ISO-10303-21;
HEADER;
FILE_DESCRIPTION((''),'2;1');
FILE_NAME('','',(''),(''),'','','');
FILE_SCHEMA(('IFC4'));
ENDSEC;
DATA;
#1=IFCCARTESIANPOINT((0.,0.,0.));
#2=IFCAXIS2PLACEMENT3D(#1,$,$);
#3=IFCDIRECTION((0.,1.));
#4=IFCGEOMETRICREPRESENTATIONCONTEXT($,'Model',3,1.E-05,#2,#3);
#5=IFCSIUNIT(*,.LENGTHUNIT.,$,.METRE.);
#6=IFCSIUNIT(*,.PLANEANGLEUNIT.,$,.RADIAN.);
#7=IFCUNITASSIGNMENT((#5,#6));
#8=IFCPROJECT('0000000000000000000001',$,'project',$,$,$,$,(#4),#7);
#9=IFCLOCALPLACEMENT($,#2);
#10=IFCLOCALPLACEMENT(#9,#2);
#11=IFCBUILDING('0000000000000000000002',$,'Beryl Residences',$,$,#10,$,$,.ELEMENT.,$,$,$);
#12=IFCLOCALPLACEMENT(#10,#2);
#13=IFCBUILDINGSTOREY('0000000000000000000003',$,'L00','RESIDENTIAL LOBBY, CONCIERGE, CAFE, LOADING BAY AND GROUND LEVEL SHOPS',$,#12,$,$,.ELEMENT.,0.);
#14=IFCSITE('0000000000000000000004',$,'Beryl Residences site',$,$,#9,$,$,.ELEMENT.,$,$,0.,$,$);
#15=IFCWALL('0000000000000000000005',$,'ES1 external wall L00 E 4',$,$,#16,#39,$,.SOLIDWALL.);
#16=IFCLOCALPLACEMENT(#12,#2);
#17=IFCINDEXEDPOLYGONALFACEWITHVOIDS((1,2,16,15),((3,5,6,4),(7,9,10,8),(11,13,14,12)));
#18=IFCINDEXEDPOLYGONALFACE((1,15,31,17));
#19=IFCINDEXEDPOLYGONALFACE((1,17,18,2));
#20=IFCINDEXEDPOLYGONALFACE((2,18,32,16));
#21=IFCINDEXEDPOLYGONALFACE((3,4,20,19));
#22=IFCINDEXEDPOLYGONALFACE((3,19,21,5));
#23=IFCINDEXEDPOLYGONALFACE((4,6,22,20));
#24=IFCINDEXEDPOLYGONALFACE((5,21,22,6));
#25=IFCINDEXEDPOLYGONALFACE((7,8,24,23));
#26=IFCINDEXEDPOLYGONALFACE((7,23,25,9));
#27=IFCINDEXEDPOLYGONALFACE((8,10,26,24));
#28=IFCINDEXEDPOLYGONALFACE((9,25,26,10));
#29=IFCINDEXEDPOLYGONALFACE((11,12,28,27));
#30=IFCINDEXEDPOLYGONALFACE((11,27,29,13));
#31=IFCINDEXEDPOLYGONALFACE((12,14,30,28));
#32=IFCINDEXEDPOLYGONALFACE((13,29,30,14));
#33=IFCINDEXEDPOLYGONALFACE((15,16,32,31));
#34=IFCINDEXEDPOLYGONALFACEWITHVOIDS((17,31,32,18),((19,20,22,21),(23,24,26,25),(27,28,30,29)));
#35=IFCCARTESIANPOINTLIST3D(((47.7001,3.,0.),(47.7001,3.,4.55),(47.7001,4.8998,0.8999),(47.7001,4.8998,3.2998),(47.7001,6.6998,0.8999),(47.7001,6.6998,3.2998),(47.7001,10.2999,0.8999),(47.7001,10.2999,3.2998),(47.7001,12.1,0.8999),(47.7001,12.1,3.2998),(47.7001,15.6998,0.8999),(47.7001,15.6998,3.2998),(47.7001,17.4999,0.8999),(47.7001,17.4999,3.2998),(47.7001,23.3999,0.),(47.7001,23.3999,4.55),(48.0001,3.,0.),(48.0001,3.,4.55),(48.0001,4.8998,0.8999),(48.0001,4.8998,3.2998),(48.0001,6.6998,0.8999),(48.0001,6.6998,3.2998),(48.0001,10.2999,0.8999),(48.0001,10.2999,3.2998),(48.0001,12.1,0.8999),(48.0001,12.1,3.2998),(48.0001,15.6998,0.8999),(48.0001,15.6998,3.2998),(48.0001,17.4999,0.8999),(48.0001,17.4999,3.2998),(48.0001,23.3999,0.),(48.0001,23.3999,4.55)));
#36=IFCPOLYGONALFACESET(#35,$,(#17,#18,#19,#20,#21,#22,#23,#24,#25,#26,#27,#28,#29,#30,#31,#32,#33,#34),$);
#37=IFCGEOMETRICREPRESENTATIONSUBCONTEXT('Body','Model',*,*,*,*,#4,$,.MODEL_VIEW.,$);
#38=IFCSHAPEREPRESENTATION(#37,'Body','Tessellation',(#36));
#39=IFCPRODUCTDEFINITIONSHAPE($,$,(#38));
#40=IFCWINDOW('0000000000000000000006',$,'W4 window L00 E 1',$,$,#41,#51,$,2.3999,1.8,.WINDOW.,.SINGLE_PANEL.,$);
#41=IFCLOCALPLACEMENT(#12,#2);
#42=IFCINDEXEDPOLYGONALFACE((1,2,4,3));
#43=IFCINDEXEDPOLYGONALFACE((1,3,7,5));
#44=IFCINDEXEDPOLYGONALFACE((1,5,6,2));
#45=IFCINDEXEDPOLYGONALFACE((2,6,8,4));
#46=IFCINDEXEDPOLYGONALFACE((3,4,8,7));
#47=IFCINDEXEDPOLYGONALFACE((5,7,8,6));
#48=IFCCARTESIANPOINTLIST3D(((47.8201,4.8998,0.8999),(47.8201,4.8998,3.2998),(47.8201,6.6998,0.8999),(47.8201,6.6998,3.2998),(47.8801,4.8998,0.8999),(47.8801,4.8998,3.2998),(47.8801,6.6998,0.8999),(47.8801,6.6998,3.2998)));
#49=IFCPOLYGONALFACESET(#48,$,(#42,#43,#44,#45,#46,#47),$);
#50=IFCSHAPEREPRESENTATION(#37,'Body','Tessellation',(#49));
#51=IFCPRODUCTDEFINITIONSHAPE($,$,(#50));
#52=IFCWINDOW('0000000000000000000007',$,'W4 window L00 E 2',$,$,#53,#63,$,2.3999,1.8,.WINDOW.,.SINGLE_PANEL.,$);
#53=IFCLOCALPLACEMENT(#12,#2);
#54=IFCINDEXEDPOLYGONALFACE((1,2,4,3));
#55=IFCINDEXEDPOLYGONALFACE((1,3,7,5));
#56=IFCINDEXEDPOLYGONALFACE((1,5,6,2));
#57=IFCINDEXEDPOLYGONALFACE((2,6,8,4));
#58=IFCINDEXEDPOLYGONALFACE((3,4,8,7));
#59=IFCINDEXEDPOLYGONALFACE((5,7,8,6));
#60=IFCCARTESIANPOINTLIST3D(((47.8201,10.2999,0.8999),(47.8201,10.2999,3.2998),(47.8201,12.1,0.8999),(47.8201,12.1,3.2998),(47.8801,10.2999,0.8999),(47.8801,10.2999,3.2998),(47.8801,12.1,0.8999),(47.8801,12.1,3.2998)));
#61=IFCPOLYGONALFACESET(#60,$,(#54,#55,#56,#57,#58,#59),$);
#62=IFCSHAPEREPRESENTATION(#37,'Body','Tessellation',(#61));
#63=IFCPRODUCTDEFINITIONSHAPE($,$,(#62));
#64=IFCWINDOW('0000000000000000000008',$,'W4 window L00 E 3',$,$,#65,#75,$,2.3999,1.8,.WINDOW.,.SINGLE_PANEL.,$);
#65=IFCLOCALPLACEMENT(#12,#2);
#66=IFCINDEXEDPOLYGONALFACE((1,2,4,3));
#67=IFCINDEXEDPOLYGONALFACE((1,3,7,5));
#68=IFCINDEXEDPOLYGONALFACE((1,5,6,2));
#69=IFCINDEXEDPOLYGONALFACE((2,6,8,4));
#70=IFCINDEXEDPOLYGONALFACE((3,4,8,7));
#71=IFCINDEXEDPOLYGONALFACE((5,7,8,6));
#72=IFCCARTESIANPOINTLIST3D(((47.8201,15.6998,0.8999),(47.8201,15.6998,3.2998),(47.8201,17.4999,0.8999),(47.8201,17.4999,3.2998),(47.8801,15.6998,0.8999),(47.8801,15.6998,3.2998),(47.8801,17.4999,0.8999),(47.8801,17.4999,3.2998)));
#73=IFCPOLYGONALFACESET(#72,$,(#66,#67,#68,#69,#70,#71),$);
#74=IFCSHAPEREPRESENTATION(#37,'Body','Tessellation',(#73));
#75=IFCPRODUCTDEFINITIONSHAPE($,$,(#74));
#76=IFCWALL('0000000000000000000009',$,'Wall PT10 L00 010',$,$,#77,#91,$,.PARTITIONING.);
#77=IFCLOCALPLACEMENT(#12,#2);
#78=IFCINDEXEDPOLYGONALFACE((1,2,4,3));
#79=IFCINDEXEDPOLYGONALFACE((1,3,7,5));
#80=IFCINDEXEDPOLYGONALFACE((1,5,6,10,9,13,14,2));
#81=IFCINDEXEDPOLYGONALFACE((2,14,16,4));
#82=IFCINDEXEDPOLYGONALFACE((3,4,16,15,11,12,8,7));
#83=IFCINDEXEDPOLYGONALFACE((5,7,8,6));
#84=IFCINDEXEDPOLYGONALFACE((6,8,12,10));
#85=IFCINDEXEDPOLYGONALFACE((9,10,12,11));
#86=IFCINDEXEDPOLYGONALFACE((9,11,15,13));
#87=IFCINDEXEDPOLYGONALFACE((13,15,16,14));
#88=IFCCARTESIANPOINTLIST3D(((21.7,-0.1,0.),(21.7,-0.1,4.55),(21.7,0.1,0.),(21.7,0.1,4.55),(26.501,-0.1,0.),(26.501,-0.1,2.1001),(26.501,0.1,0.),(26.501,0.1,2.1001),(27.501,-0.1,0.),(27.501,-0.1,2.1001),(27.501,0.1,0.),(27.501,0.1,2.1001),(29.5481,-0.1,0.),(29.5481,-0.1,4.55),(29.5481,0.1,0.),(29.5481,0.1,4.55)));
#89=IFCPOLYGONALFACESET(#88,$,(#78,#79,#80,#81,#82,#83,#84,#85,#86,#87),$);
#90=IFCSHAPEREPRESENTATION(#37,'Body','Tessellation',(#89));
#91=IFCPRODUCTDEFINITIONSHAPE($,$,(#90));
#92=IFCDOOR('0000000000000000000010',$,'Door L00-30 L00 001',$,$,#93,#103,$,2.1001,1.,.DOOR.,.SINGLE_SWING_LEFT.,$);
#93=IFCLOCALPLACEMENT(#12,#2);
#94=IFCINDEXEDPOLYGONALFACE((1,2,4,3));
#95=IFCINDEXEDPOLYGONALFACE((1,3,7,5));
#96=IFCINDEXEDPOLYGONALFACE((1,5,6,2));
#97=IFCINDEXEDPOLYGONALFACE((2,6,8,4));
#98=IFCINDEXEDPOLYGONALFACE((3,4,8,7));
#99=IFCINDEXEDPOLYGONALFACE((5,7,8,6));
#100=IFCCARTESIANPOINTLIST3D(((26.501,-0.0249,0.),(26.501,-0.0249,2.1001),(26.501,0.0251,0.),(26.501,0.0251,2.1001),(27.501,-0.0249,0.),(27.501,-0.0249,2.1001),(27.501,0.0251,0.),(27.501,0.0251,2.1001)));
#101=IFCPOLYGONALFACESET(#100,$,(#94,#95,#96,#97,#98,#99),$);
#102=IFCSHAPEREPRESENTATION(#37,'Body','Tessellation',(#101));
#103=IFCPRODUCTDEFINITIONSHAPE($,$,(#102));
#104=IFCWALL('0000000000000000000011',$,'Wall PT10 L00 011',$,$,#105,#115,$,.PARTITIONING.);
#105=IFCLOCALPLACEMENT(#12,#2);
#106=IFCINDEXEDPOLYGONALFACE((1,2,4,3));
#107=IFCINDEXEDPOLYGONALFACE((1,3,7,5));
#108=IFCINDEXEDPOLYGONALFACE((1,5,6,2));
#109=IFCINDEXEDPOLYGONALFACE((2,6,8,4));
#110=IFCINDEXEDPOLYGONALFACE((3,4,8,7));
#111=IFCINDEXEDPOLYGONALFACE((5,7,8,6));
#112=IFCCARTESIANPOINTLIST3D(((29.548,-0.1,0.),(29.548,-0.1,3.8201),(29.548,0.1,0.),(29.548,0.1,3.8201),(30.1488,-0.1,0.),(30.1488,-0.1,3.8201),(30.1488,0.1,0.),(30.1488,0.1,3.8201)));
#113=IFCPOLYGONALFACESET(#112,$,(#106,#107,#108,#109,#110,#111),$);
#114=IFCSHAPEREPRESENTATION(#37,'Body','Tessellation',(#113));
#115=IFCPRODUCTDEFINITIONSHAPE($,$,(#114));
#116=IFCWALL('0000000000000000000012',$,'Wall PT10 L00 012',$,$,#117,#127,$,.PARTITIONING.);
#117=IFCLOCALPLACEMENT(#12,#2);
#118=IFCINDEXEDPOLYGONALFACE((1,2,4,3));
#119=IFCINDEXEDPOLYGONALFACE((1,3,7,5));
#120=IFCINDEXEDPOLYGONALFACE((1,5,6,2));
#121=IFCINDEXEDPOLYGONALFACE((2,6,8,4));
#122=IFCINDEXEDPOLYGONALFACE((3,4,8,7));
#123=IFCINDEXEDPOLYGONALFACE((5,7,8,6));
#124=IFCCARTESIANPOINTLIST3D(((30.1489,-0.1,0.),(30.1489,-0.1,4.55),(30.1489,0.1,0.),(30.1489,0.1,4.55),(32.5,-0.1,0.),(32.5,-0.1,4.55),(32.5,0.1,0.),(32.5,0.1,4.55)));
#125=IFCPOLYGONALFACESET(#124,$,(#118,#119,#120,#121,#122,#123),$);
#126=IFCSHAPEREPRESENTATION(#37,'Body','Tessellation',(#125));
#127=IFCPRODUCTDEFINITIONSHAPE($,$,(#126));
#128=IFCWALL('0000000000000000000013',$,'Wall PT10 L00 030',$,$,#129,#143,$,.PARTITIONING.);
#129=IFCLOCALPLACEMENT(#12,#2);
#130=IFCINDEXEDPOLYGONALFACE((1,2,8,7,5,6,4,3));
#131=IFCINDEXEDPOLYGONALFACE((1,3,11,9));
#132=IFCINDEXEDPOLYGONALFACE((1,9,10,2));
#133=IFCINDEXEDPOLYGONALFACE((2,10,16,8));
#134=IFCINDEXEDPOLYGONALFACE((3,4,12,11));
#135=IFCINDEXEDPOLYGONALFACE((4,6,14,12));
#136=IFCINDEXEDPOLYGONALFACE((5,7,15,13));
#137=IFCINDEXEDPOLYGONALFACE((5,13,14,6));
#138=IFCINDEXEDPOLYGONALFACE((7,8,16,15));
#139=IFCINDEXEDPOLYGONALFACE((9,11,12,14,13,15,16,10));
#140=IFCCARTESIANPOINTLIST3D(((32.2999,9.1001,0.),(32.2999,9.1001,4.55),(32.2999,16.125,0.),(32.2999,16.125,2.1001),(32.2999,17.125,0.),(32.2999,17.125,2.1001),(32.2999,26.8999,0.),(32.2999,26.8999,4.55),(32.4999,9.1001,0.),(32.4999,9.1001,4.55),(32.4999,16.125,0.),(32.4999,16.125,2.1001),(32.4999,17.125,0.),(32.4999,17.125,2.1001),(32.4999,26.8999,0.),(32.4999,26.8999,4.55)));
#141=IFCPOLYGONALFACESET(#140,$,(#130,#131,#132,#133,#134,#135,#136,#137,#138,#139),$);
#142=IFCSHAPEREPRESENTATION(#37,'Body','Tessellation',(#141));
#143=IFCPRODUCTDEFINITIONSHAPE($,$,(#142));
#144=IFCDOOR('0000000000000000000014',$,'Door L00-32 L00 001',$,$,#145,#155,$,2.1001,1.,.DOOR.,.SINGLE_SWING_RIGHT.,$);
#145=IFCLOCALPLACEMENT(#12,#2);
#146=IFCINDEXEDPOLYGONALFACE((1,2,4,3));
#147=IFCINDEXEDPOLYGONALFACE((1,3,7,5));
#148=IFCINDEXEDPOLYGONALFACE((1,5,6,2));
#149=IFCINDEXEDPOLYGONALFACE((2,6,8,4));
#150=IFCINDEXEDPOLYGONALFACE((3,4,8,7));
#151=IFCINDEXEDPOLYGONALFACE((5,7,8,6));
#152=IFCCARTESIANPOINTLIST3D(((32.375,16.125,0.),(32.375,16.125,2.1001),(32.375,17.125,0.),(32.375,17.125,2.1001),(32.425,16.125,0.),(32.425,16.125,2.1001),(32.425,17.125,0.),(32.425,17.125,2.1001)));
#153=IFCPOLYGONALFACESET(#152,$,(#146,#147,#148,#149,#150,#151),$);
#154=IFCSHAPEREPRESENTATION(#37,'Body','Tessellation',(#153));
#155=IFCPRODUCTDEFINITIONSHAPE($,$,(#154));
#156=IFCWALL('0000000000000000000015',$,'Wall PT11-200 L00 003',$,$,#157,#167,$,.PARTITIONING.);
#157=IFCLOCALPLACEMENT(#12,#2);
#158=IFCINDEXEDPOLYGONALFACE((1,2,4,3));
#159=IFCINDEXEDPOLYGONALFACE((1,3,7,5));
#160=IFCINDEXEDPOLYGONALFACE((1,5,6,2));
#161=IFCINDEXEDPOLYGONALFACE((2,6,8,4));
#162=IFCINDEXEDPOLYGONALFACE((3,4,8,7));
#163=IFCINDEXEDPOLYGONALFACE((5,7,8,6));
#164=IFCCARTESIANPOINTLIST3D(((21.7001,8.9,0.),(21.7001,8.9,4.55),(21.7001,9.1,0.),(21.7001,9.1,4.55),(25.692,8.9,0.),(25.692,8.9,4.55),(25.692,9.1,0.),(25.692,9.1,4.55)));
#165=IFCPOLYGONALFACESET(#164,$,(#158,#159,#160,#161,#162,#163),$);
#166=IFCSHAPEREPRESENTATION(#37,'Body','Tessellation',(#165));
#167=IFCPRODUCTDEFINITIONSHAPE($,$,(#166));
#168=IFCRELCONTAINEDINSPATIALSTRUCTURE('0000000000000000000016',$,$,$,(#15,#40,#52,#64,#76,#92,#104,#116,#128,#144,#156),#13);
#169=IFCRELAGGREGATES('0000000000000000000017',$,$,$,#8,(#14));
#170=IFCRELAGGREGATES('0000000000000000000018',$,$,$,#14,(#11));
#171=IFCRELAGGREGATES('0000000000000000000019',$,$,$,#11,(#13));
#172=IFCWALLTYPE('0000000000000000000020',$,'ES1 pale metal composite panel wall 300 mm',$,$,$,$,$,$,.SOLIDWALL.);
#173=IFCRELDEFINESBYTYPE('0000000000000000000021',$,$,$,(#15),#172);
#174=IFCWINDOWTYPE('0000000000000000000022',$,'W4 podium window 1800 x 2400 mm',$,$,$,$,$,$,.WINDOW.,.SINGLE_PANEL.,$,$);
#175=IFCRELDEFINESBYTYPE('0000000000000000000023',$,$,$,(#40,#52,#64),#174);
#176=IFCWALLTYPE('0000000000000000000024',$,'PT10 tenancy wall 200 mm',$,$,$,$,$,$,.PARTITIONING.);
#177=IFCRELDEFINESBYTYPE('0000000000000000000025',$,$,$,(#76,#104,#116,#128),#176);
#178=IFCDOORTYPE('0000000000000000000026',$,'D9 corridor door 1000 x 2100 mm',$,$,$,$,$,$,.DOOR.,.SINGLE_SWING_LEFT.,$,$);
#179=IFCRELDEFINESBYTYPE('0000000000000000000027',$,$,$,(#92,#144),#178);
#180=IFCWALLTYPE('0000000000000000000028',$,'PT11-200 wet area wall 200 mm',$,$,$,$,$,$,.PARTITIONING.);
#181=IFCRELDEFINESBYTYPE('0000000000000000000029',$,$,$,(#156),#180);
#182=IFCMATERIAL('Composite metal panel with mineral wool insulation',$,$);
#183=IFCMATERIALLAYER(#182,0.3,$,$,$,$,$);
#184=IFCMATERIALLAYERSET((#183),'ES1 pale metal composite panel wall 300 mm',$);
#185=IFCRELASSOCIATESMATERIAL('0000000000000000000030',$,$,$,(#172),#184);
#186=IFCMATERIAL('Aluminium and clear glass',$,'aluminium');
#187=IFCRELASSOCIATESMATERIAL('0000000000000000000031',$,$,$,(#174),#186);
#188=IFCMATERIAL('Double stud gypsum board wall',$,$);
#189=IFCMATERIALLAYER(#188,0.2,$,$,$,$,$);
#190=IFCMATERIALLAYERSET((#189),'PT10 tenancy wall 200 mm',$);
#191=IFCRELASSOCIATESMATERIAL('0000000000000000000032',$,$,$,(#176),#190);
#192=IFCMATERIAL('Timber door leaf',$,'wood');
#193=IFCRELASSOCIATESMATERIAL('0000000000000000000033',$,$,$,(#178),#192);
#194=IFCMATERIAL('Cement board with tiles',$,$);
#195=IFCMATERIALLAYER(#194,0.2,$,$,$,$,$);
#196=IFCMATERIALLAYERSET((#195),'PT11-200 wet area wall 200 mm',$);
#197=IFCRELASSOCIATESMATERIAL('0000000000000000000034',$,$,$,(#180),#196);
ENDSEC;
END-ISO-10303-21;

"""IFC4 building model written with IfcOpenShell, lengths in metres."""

from ifc_helpers import new_model, si_unit, direction, frame, frame_2d, origin, place, context, subcontext, project, spatial, rectangle, extrude, material, layer, layer_set, type_object, element, fill, save


model = new_model("IFC4")

# Units and contexts
model_context = context("Model", 3, precision=1e-05, world=origin(), true_north=direction((0.0, 1.0)))
body_context = subcontext(model_context, "Body", "Model", "MODEL_VIEW")
ifc_project = project(units=[si_unit("LENGTHUNIT", "METRE"), si_unit("PLANEANGLEUNIT", "RADIAN")], contexts=[model_context])

# Site, building, storey
site_placement = place(None, origin())
site = spatial("IfcSite", under=ifc_project, at=site_placement, Name="Beryl Residences site", CompositionType="ELEMENT", RefElevation=0.0)
building_placement = place(site_placement, origin())
building = spatial("IfcBuilding", under=site, at=building_placement, Name="Beryl Residences", CompositionType="ELEMENT")
storey_placement = place(building_placement, origin())
storey = spatial("IfcBuildingStorey", under=building, at=storey_placement, Name="L00", Description="RESIDENTIAL LOBBY, CONCIERGE, CAFE, LOADING BAY AND GROUND LEVEL SHOPS", CompositionType="ELEMENT", Elevation=0.0)

# Wall, openings, windows
ifc_material_1 = material(Name="Composite metal panel with mineral wool insulation")
ifc_layer_1 = layer(ifc_material_1, 0.3)
ifc_layer_set_1 = layer_set([ifc_layer_1], Name="ES1 pale metal composite panel wall 300 mm")
wall_type_1 = type_object("IfcWallType", Name="ES1 pale metal composite panel wall 300 mm", PredefinedType="SOLIDWALL", material=ifc_layer_set_1)
wall_1_placement = place(storey_placement, frame((47.8501, 3.0, 0.0), z_axis=(0.0, 0.0, 1.0), x_axis=(0.0, 1.0, 0.0)))
wall_1 = element("IfcWall", 1, at=wall_1_placement, inside=storey, type_object=wall_type_1, Name="ES1 external wall L00 E 4", PredefinedType="SOLIDWALL", context=body_context, shape_type="SweptSolid", body=[
    extrude(rectangle(XDim=20.3999, YDim=0.3, at=frame_2d((10.2, 0.0))), origin(), (0.0, 0.0, 1.0), 4.55),
])
opening_1_placement = place(wall_1_placement, frame((1.8999, 0.0, 0.8999)))
opening_1 = element("IfcOpeningElement", 2, at=opening_1_placement, cuts=wall_1, PredefinedType="OPENING", context=body_context, shape_type="SweptSolid", body=[
    extrude(rectangle(XDim=1.8, YDim=2.3999, at=frame_2d((0.8999, 1.2))), frame((0.0, 0.1599, 0.0), z_axis=(0.0, -1.0, 0.0), x_axis=(1.0, 0.0, 0.0)), (0.0, 0.0, 1.0), 0.3201),
])
opening_2_placement = place(wall_1_placement, frame((7.3, 0.0, 0.8999)))
opening_2 = element("IfcOpeningElement", 3, at=opening_2_placement, cuts=wall_1, PredefinedType="OPENING", context=body_context, shape_type="SweptSolid", body=[
    extrude(rectangle(XDim=1.8, YDim=2.3999, at=frame_2d((0.8999, 1.2))), frame((0.0, 0.1599, 0.0), z_axis=(0.0, -1.0, 0.0), x_axis=(1.0, 0.0, 0.0)), (0.0, 0.0, 1.0), 0.3201),
])
opening_3_placement = place(wall_1_placement, frame((12.7, 0.0, 0.8999)))
opening_3 = element("IfcOpeningElement", 4, at=opening_3_placement, cuts=wall_1, PredefinedType="OPENING", context=body_context, shape_type="SweptSolid", body=[
    extrude(rectangle(XDim=1.8, YDim=2.3999, at=frame_2d((0.8999, 1.2))), frame((0.0, 0.1599, 0.0), z_axis=(0.0, -1.0, 0.0), x_axis=(1.0, 0.0, 0.0)), (0.0, 0.0, 1.0), 0.3201),
])
ifc_material_2 = material(Name="Aluminium and clear glass", Category="aluminium")
window_type = type_object("IfcWindowType", Name="W4 podium window 1800 x 2400 mm", PartitioningType="SINGLE_PANEL", PredefinedType="WINDOW", material=ifc_material_2)
window_1_placement = place(opening_1_placement, origin())
window_1 = element("IfcWindow", 5, at=window_1_placement, inside=storey, type_object=window_type, Name="W4 window L00 E 1", OverallHeight=2.3999, OverallWidth=1.8, PartitioningType="SINGLE_PANEL", PredefinedType="WINDOW", context=body_context, shape_type="SweptSolid", body=[
    extrude(rectangle(XDim=1.8, YDim=2.3999, at=frame_2d((0.8999, 1.2))), frame((0.0, 0.03, 0.0), z_axis=(0.0, -1.0, 0.0), x_axis=(1.0, 0.0, 0.0)), (0.0, 0.0, 1.0), 0.0601),
])
fill(opening_1, window_1)
window_2_placement = place(opening_2_placement, origin())
window_2 = element("IfcWindow", 6, at=window_2_placement, inside=storey, type_object=window_type, Name="W4 window L00 E 2", OverallHeight=2.3999, OverallWidth=1.8, PartitioningType="SINGLE_PANEL", PredefinedType="WINDOW", context=body_context, shape_type="SweptSolid", body=[
    extrude(rectangle(XDim=1.8, YDim=2.3999, at=frame_2d((0.8999, 1.2))), frame((0.0, 0.03, 0.0), z_axis=(0.0, -1.0, 0.0), x_axis=(1.0, 0.0, 0.0)), (0.0, 0.0, 1.0), 0.0601),
])
fill(opening_2, window_2)
window_3_placement = place(opening_3_placement, origin())
window_3 = element("IfcWindow", 7, at=window_3_placement, inside=storey, type_object=window_type, Name="W4 window L00 E 3", OverallHeight=2.3999, OverallWidth=1.8, PartitioningType="SINGLE_PANEL", PredefinedType="WINDOW", context=body_context, shape_type="SweptSolid", body=[
    extrude(rectangle(XDim=1.8, YDim=2.3999, at=frame_2d((0.8999, 1.2))), frame((0.0, 0.03, 0.0), z_axis=(0.0, -1.0, 0.0), x_axis=(1.0, 0.0, 0.0)), (0.0, 0.0, 1.0), 0.0601),
])
fill(opening_3, window_3)

# Wall, opening, door
ifc_material_3 = material(Name="Double stud gypsum board wall")
ifc_layer_2 = layer(ifc_material_3, 0.2)
ifc_layer_set_2 = layer_set([ifc_layer_2], Name="PT10 tenancy wall 200 mm")
wall_type_2 = type_object("IfcWallType", Name="PT10 tenancy wall 200 mm", PredefinedType="PARTITIONING", material=ifc_layer_set_2)
wall_2_placement = place(storey_placement, frame((21.7, 0.0, 0.0), z_axis=(0.0, 0.0, 1.0), x_axis=(1.0, 0.0, 0.0)))
wall_2 = element("IfcWall", 8, at=wall_2_placement, inside=storey, type_object=wall_type_2, Name="Wall PT10 L00 010", PredefinedType="PARTITIONING", context=body_context, shape_type="SweptSolid", body=[
    extrude(rectangle(XDim=7.8481, YDim=0.2, at=frame_2d((3.9241, 0.0))), origin(), (0.0, 0.0, 1.0), 4.55),
])
opening_4_placement = place(wall_2_placement, frame((5.801, 0.0, 0.0), z_axis=(0.0, 0.0, 1.0), x_axis=(-1.0, 0.0, 0.0)))
opening_4 = element("IfcOpeningElement", 9, at=opening_4_placement, cuts=wall_2, PredefinedType="OPENING", context=body_context, shape_type="SweptSolid", body=[
    extrude(rectangle(XDim=1.0, YDim=2.1001, at=frame_2d((0.5, 1.05))), frame((0.0, 0.1099, 0.0), z_axis=(0.0, -1.0, 0.0), x_axis=(1.0, 0.0, 0.0)), (0.0, 0.0, 1.0), 0.22),
])
ifc_material_4 = material(Name="Timber door leaf", Category="wood")
door_type_1 = type_object("IfcDoorType", Name="D9 corridor door 1000 x 2100 mm", OperationType="SINGLE_SWING_LEFT", PredefinedType="DOOR", material=ifc_material_4)
door_1_placement = place(opening_4_placement, origin())
door_1 = element("IfcDoor", 10, at=door_1_placement, inside=storey, type_object=door_type_1, Name="Door L00-30 L00 001", OperationType="SINGLE_SWING_LEFT", OverallHeight=2.1001, OverallWidth=1.0, PredefinedType="DOOR", context=body_context, shape_type="SweptSolid", body=[
    extrude(rectangle(XDim=1.0, YDim=2.1001, at=frame_2d((0.5, 1.05))), frame((0.0, 0.0249, 0.0), z_axis=(0.0, -1.0, 0.0), x_axis=(1.0, 0.0, 0.0)), (0.0, 0.0, 1.0), 0.05),
])
fill(opening_4, door_1)

# Walls
wall_3_placement = place(storey_placement, frame((29.5481, 0.0, 0.0), z_axis=(0.0, 0.0, 1.0), x_axis=(1.0, 0.0, 0.0)))
element("IfcWall", 11, at=wall_3_placement, inside=storey, type_object=wall_type_2, Name="Wall PT10 L00 011", PredefinedType="PARTITIONING", context=body_context, shape_type="SweptSolid", body=[
    extrude(rectangle(XDim=0.6008, YDim=0.2, at=frame_2d((0.3003, 0.0))), origin(), (0.0, 0.0, 1.0), 3.8201),
])
wall_4_placement = place(storey_placement, frame((30.1489, 0.0, 0.0), z_axis=(0.0, 0.0, 1.0), x_axis=(1.0, 0.0, 0.0)))
element("IfcWall", 12, at=wall_4_placement, inside=storey, type_object=wall_type_2, Name="Wall PT10 L00 012", PredefinedType="PARTITIONING", context=body_context, shape_type="SweptSolid", body=[
    extrude(rectangle(XDim=2.3511, YDim=0.2, at=frame_2d((1.1755, 0.0))), origin(), (0.0, 0.0, 1.0), 4.55),
])

# Wall, opening, door
wall_5_placement = place(storey_placement, frame((32.3999, 9.1001, 0.0), z_axis=(0.0, 0.0, 1.0), x_axis=(0.0, 1.0, 0.0)))
wall_5 = element("IfcWall", 13, at=wall_5_placement, inside=storey, type_object=wall_type_2, Name="Wall PT10 L00 030", PredefinedType="PARTITIONING", context=body_context, shape_type="SweptSolid", body=[
    extrude(rectangle(XDim=17.7998, YDim=0.2, at=frame_2d((8.8999, 0.0))), origin(), (0.0, 0.0, 1.0), 4.55),
])
opening_5_placement = place(wall_5_placement, frame((7.0249, 0.0, 0.0)))
opening_5 = element("IfcOpeningElement", 14, at=opening_5_placement, cuts=wall_5, PredefinedType="OPENING", context=body_context, shape_type="SweptSolid", body=[
    extrude(rectangle(XDim=1.0, YDim=2.1001, at=frame_2d((0.5, 1.05))), frame((0.0, 0.1099, 0.0), z_axis=(0.0, -1.0, 0.0), x_axis=(1.0, 0.0, 0.0)), (0.0, 0.0, 1.0), 0.22),
])
door_2_placement = place(opening_5_placement, origin())
door_2 = element("IfcDoor", 15, at=door_2_placement, inside=storey, type_object=door_type_1, Name="Door L00-32 L00 001", OperationType="SINGLE_SWING_RIGHT", OverallHeight=2.1001, OverallWidth=1.0, PredefinedType="DOOR", context=body_context, shape_type="SweptSolid", body=[
    extrude(rectangle(XDim=1.0, YDim=2.1001, at=frame_2d((0.5, 1.05))), frame((0.0, 0.0249, 0.0), z_axis=(0.0, -1.0, 0.0), x_axis=(1.0, 0.0, 0.0)), (0.0, 0.0, 1.0), 0.05),
])
fill(opening_5, door_2)

# Wall
ifc_material_5 = material(Name="Cement board with tiles")
ifc_layer_3 = layer(ifc_material_5, 0.2)
ifc_layer_set_3 = layer_set([ifc_layer_3], Name="PT11-200 wet area wall 200 mm")
wall_type_3 = type_object("IfcWallType", Name="PT11-200 wet area wall 200 mm", PredefinedType="PARTITIONING", material=ifc_layer_set_3)
wall_6_placement = place(storey_placement, frame((21.7, 9.0, 0.0), z_axis=(0.0, 0.0, 1.0), x_axis=(1.0, 0.0, 0.0)))
element("IfcWall", 16, at=wall_6_placement, inside=storey, type_object=wall_type_3, Name="Wall PT11-200 L00 003", PredefinedType="PARTITIONING", context=body_context, shape_type="SweptSolid", body=[
    extrude(rectangle(XDim=3.9919, YDim=0.2, at=frame_2d((1.9961, 0.0))), origin(), (0.0, 0.0, 1.0), 4.55),
])

save(model, "model.ifc")
